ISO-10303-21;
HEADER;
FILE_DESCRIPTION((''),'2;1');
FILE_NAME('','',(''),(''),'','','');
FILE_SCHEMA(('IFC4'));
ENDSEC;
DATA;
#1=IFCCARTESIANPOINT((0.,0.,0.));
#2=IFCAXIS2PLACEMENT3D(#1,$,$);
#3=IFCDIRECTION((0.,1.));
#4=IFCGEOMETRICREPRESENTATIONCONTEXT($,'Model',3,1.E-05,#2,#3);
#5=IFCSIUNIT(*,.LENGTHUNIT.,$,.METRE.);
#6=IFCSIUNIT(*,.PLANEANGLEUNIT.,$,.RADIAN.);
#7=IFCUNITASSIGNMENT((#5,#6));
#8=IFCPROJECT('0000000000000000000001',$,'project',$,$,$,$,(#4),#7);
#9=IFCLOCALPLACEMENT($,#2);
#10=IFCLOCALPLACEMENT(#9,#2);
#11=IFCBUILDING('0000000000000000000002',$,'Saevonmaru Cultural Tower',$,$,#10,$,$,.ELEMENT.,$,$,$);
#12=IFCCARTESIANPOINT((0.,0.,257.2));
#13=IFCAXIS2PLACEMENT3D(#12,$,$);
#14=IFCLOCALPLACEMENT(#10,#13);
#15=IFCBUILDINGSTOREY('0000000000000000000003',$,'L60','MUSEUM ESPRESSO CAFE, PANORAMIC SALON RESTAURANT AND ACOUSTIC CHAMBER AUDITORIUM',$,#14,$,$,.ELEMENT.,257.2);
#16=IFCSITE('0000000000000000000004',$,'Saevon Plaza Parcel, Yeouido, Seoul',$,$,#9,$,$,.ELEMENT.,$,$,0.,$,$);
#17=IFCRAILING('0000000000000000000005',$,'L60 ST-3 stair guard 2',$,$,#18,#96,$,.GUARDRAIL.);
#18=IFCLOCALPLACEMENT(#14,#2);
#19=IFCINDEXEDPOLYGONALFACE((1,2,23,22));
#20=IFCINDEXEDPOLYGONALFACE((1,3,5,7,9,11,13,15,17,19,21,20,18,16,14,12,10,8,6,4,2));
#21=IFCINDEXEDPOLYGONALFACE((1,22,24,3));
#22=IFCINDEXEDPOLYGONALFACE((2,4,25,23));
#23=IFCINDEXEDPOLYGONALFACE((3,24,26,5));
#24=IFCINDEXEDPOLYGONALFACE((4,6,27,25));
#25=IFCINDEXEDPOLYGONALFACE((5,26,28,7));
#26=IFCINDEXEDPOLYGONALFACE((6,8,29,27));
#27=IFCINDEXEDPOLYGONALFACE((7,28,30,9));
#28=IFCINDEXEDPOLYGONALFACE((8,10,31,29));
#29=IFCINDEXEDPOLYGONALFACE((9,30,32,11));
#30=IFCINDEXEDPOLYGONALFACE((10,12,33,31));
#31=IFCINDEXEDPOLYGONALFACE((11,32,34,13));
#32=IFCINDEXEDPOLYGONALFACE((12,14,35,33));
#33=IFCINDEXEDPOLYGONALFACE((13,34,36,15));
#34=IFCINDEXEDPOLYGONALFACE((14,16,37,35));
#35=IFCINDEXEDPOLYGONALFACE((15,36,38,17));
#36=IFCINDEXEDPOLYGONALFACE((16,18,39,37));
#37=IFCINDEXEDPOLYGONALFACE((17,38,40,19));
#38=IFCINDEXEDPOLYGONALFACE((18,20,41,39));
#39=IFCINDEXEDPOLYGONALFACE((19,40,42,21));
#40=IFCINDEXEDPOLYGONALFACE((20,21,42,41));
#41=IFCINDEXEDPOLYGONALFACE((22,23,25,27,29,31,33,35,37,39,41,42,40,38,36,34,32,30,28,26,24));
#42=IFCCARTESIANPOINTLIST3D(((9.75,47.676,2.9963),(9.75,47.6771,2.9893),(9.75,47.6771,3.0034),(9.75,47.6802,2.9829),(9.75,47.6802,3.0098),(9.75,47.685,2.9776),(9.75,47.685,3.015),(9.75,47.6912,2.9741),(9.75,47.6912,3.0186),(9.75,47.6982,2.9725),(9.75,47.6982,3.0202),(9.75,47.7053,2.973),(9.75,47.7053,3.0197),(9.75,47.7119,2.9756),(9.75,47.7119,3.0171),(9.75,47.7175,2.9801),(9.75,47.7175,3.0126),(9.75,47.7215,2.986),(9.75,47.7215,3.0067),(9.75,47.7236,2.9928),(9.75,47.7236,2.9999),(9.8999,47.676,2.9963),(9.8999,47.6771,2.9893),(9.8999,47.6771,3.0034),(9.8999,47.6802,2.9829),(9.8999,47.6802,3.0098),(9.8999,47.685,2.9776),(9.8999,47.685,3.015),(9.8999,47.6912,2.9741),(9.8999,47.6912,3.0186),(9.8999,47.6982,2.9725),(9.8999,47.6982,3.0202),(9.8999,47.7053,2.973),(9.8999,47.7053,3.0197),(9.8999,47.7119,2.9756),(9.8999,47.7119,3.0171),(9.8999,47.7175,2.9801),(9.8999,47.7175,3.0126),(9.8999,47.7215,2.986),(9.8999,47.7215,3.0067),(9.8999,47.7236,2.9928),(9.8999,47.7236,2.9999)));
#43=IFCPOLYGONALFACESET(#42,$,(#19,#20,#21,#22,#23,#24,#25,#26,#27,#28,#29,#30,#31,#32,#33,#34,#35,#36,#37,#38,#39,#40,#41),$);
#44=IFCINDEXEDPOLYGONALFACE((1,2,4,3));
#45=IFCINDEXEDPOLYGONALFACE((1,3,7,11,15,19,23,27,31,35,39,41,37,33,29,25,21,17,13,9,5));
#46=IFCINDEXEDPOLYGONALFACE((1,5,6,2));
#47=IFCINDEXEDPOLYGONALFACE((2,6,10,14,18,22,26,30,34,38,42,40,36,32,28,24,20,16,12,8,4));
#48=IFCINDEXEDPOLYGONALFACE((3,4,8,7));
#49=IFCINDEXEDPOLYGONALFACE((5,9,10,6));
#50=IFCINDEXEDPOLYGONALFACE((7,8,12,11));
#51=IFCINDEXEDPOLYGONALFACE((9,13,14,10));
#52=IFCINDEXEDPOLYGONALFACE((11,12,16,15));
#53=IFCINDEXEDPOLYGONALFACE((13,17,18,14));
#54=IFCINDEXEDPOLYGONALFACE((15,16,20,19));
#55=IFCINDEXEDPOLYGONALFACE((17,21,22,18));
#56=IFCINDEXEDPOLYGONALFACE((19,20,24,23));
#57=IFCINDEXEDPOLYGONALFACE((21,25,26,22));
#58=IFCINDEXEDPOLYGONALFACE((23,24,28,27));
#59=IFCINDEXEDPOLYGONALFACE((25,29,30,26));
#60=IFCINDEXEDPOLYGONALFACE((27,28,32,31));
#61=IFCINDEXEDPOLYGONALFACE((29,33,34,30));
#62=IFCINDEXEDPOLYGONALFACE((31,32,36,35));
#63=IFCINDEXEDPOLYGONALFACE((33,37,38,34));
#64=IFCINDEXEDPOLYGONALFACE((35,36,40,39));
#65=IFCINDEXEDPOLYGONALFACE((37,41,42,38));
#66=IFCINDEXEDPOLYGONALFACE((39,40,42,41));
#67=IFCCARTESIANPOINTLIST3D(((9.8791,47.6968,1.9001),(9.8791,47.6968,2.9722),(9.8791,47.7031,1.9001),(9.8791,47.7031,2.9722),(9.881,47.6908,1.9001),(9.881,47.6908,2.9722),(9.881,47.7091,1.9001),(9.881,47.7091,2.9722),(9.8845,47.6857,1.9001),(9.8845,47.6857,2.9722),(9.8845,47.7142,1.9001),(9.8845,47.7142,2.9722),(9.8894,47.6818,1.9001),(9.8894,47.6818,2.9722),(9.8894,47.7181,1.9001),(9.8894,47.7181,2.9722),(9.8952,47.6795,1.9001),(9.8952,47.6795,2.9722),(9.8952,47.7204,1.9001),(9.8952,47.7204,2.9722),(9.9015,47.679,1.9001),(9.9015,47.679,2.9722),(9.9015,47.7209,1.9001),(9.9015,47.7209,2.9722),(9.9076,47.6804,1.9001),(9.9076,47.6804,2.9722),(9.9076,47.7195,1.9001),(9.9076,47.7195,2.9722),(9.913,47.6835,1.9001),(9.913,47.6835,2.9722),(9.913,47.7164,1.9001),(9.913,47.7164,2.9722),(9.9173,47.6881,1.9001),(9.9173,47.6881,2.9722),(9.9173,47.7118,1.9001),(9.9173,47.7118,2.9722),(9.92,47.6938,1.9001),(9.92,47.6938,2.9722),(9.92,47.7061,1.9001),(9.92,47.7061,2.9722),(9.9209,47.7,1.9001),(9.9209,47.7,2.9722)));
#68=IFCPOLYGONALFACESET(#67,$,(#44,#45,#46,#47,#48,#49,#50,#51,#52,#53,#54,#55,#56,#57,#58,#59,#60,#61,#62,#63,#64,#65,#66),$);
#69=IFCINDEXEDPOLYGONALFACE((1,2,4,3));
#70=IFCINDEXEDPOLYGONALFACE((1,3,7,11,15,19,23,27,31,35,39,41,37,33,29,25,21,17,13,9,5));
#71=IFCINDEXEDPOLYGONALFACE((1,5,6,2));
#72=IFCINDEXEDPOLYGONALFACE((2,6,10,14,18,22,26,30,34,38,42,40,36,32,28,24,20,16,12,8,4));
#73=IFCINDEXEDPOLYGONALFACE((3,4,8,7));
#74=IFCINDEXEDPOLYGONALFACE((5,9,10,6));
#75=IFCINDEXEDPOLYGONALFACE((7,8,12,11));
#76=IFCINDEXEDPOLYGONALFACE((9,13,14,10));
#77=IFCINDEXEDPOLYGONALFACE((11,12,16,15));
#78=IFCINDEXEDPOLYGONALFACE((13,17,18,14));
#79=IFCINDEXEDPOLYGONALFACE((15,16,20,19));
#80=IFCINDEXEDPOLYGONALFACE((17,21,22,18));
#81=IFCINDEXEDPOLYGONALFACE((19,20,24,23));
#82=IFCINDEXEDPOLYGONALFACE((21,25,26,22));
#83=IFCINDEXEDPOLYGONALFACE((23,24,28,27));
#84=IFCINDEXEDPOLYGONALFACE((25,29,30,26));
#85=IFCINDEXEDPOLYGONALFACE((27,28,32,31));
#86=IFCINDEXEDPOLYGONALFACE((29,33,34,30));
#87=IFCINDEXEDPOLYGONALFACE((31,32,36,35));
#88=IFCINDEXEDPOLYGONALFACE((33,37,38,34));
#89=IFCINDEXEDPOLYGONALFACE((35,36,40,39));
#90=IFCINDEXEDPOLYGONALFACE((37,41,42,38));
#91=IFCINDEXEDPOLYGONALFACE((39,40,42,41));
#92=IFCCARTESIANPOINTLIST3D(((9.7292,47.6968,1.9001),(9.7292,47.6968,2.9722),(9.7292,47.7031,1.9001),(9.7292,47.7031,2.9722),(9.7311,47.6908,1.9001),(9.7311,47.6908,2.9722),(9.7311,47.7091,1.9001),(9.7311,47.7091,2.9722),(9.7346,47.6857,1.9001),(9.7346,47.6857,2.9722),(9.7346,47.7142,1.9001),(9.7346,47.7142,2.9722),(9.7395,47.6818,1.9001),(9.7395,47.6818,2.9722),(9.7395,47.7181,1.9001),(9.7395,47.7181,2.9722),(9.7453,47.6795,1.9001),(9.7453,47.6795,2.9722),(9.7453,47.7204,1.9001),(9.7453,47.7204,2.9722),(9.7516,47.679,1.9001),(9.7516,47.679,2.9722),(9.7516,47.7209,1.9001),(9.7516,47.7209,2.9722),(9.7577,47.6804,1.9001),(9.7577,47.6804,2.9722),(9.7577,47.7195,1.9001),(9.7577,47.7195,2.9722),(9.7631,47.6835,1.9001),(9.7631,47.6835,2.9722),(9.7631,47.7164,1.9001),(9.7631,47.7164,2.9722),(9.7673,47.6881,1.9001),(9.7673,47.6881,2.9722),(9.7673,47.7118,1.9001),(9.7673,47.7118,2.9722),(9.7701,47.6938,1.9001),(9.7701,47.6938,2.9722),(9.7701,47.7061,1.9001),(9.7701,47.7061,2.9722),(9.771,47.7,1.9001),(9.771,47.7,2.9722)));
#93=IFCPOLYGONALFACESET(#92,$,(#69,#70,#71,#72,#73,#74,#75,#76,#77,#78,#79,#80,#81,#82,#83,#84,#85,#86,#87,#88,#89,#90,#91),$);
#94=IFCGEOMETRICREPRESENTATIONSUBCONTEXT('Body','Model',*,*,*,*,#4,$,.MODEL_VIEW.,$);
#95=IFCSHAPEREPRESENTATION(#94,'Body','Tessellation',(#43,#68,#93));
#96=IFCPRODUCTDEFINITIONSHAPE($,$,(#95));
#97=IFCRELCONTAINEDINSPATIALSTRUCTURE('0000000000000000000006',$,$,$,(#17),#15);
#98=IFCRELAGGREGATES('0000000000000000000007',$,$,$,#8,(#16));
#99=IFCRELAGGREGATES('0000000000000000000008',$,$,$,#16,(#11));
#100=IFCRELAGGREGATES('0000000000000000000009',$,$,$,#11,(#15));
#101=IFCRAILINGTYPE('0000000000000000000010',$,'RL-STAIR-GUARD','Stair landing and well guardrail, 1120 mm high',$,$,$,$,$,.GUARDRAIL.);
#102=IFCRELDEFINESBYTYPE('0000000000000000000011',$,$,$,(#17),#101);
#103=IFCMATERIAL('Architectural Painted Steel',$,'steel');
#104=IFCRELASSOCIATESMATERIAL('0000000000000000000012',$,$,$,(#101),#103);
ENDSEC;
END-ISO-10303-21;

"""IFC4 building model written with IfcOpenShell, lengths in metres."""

from ifc_helpers import new_model, si_unit, direction, frame, origin, origin_2d, place, context, subcontext, project, spatial, circle, extrude, material, type_object, element, save


model = new_model("IFC4")

# Units and contexts
model_context = context("Model", 3, precision=1e-05, world=origin(), true_north=direction((0.0, 1.0)))
body_context = subcontext(model_context, "Body", "Model", "MODEL_VIEW")
ifc_project = project(units=[si_unit("LENGTHUNIT", "METRE"), si_unit("PLANEANGLEUNIT", "RADIAN")], contexts=[model_context])

# Site, building, storey
site_placement = place(None, origin())
site = spatial("IfcSite", under=ifc_project, at=site_placement, Name="Saevon Plaza Parcel, Yeouido, Seoul", CompositionType="ELEMENT", RefElevation=0.0)
building_placement = place(site_placement, origin())
building = spatial("IfcBuilding", under=site, at=building_placement, Name="Saevonmaru Cultural Tower", CompositionType="ELEMENT")
storey_placement = place(building_placement, frame((0.0, 0.0, 257.2)))
storey = spatial("IfcBuildingStorey", under=building, at=storey_placement, Name="L60", Description="MUSEUM ESPRESSO CAFE, PANORAMIC SALON RESTAURANT AND ACOUSTIC CHAMBER AUDITORIUM", CompositionType="ELEMENT", Elevation=257.2)

# Railing
ifc_material_1 = material(Name="Architectural Painted Steel", Category="steel")
railing_type_1 = type_object("IfcRailingType", Name="RL-STAIR-GUARD", Description="Stair landing and well guardrail, 1120 mm high", PredefinedType="GUARDRAIL", material=ifc_material_1)
railing_1_placement = place(storey_placement, frame((9.8999, 47.7, 1.9001)))
element("IfcRailing", 1, at=railing_1_placement, inside=storey, type_object=railing_type_1, Name="L60 ST-3 stair guard 2", PredefinedType="GUARDRAIL", context=body_context, shape_type="SweptSolid", body=[
    extrude(circle(Radius=0.0239, at=origin_2d()), frame((0.0, 0.0, 1.0962), z_axis=(-1.0, 0.0, 0.0), x_axis=(0.0, -1.0, 0.0)), (0.0, 0.0, 1.0), 0.1499),
    extrude(circle(Radius=0.021, at=origin_2d()), origin(), (0.0, 0.0, 1.0), 1.072),
    extrude(circle(Radius=0.021, at=origin_2d()), frame((-0.1499, 0.0, 0.0)), (0.0, 0.0, 1.0), 1.072),
])

save(model, "model.ifc")
